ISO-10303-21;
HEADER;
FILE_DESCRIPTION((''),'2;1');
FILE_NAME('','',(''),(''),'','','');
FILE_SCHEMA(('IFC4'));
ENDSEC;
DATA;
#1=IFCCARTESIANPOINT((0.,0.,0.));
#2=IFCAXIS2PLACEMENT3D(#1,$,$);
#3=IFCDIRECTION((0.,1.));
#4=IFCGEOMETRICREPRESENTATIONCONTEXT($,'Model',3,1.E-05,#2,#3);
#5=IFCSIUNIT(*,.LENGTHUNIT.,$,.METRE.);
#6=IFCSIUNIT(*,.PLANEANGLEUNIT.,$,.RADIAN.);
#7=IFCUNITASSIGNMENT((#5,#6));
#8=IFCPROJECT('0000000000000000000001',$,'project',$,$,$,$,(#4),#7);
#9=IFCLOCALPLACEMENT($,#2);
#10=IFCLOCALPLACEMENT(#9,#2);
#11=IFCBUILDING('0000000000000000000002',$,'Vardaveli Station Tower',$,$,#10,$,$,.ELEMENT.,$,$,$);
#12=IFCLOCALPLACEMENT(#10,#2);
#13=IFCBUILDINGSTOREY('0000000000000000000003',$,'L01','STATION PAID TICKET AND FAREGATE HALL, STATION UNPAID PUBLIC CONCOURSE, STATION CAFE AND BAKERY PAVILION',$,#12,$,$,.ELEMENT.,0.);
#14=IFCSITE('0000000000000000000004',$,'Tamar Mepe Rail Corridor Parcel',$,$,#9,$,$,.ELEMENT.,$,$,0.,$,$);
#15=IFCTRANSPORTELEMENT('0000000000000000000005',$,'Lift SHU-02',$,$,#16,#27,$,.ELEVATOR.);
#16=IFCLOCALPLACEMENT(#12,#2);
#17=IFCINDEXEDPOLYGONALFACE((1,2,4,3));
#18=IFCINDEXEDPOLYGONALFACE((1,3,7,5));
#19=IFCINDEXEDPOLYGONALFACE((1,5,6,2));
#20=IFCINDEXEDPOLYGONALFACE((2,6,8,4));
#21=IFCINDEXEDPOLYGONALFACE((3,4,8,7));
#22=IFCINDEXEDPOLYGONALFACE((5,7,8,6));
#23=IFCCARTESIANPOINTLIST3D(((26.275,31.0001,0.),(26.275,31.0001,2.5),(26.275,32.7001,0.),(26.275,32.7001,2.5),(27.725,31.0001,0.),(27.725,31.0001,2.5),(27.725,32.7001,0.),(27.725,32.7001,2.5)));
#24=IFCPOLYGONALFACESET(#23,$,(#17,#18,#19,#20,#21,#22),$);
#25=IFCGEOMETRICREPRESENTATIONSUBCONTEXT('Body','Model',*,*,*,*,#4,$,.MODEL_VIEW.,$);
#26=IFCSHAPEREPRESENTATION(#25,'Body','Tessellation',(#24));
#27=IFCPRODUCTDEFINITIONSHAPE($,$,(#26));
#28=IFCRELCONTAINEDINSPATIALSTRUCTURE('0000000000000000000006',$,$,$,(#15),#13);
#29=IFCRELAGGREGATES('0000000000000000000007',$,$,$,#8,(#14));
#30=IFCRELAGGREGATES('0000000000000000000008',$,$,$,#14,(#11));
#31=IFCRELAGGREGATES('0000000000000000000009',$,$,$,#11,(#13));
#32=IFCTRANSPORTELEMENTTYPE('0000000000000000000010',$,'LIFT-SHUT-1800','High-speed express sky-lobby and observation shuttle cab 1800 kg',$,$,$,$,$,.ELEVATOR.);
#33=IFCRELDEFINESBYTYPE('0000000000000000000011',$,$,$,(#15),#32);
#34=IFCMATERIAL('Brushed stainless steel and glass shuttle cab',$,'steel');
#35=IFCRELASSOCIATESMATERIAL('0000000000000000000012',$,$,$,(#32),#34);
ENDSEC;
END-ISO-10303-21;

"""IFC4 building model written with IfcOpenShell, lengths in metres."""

from ifc_helpers import new_model, si_unit, direction, frame, origin, origin_2d, place, context, subcontext, project, spatial, rectangle, extrude, source, transform, mapped, material, type_object, element, save


model = new_model("IFC4")

# Units and contexts
model_context = context("Model", 3, precision=1e-05, world=origin(), true_north=direction((0.0, 1.0)))
body_context = subcontext(model_context, "Body", "Model", "MODEL_VIEW")
ifc_project = project(units=[si_unit("LENGTHUNIT", "METRE"), si_unit("PLANEANGLEUNIT", "RADIAN")], contexts=[model_context])

# Site, building, storey
site_placement = place(None, origin())
site = spatial("IfcSite", under=ifc_project, at=site_placement, Name="Tamar Mepe Rail Corridor Parcel", CompositionType="ELEMENT", RefElevation=0.0)
building_placement = place(site_placement, origin())
building = spatial("IfcBuilding", under=site, at=building_placement, Name="Vardaveli Station Tower", CompositionType="ELEMENT")
storey_placement = place(building_placement, origin())
storey = spatial("IfcBuildingStorey", under=building, at=storey_placement, Name="L01", Description="STATION PAID TICKET AND FAREGATE HALL, STATION UNPAID PUBLIC CONCOURSE, STATION CAFE AND BAKERY PAVILION", CompositionType="ELEMENT", Elevation=0.0)

# Transport element
ifc_material_1 = material(Name="Brushed stainless steel and glass shuttle cab", Category="steel")
transport_element_type = type_object("IfcTransportElementType", Name="LIFT-SHUT-1800", Description="High-speed express sky-lobby and observation shuttle cab 1800 kg", PredefinedType="ELEVATOR", material=ifc_material_1)
shared_shape_1 = source(origin(), body_context, "Body", "SweptSolid", [
    extrude(rectangle(XDim=1.45, YDim=1.7, at=origin_2d()), origin(), (0.0, 0.0, 1.0), 2.5),
])
for number, where, z_axis, x_axis, name in (
    (1, (27.0, 31.8501, 0.0), (0.0, 0.0, 1.0), (1.0, 0.0, 0.0), "Lift SHU-02"),
):
    element("IfcTransportElement", number, at=place(storey_placement, frame(where, z_axis=z_axis, x_axis=x_axis)), inside=storey, type_object=transport_element_type, Name=name, PredefinedType="ELEVATOR", context=body_context, shape_type="MappedRepresentation", body=[
        mapped(shared_shape_1, transform((0.0, 0.0, 0.0), scale=1.0)),
    ])

save(model, "model.ifc")
